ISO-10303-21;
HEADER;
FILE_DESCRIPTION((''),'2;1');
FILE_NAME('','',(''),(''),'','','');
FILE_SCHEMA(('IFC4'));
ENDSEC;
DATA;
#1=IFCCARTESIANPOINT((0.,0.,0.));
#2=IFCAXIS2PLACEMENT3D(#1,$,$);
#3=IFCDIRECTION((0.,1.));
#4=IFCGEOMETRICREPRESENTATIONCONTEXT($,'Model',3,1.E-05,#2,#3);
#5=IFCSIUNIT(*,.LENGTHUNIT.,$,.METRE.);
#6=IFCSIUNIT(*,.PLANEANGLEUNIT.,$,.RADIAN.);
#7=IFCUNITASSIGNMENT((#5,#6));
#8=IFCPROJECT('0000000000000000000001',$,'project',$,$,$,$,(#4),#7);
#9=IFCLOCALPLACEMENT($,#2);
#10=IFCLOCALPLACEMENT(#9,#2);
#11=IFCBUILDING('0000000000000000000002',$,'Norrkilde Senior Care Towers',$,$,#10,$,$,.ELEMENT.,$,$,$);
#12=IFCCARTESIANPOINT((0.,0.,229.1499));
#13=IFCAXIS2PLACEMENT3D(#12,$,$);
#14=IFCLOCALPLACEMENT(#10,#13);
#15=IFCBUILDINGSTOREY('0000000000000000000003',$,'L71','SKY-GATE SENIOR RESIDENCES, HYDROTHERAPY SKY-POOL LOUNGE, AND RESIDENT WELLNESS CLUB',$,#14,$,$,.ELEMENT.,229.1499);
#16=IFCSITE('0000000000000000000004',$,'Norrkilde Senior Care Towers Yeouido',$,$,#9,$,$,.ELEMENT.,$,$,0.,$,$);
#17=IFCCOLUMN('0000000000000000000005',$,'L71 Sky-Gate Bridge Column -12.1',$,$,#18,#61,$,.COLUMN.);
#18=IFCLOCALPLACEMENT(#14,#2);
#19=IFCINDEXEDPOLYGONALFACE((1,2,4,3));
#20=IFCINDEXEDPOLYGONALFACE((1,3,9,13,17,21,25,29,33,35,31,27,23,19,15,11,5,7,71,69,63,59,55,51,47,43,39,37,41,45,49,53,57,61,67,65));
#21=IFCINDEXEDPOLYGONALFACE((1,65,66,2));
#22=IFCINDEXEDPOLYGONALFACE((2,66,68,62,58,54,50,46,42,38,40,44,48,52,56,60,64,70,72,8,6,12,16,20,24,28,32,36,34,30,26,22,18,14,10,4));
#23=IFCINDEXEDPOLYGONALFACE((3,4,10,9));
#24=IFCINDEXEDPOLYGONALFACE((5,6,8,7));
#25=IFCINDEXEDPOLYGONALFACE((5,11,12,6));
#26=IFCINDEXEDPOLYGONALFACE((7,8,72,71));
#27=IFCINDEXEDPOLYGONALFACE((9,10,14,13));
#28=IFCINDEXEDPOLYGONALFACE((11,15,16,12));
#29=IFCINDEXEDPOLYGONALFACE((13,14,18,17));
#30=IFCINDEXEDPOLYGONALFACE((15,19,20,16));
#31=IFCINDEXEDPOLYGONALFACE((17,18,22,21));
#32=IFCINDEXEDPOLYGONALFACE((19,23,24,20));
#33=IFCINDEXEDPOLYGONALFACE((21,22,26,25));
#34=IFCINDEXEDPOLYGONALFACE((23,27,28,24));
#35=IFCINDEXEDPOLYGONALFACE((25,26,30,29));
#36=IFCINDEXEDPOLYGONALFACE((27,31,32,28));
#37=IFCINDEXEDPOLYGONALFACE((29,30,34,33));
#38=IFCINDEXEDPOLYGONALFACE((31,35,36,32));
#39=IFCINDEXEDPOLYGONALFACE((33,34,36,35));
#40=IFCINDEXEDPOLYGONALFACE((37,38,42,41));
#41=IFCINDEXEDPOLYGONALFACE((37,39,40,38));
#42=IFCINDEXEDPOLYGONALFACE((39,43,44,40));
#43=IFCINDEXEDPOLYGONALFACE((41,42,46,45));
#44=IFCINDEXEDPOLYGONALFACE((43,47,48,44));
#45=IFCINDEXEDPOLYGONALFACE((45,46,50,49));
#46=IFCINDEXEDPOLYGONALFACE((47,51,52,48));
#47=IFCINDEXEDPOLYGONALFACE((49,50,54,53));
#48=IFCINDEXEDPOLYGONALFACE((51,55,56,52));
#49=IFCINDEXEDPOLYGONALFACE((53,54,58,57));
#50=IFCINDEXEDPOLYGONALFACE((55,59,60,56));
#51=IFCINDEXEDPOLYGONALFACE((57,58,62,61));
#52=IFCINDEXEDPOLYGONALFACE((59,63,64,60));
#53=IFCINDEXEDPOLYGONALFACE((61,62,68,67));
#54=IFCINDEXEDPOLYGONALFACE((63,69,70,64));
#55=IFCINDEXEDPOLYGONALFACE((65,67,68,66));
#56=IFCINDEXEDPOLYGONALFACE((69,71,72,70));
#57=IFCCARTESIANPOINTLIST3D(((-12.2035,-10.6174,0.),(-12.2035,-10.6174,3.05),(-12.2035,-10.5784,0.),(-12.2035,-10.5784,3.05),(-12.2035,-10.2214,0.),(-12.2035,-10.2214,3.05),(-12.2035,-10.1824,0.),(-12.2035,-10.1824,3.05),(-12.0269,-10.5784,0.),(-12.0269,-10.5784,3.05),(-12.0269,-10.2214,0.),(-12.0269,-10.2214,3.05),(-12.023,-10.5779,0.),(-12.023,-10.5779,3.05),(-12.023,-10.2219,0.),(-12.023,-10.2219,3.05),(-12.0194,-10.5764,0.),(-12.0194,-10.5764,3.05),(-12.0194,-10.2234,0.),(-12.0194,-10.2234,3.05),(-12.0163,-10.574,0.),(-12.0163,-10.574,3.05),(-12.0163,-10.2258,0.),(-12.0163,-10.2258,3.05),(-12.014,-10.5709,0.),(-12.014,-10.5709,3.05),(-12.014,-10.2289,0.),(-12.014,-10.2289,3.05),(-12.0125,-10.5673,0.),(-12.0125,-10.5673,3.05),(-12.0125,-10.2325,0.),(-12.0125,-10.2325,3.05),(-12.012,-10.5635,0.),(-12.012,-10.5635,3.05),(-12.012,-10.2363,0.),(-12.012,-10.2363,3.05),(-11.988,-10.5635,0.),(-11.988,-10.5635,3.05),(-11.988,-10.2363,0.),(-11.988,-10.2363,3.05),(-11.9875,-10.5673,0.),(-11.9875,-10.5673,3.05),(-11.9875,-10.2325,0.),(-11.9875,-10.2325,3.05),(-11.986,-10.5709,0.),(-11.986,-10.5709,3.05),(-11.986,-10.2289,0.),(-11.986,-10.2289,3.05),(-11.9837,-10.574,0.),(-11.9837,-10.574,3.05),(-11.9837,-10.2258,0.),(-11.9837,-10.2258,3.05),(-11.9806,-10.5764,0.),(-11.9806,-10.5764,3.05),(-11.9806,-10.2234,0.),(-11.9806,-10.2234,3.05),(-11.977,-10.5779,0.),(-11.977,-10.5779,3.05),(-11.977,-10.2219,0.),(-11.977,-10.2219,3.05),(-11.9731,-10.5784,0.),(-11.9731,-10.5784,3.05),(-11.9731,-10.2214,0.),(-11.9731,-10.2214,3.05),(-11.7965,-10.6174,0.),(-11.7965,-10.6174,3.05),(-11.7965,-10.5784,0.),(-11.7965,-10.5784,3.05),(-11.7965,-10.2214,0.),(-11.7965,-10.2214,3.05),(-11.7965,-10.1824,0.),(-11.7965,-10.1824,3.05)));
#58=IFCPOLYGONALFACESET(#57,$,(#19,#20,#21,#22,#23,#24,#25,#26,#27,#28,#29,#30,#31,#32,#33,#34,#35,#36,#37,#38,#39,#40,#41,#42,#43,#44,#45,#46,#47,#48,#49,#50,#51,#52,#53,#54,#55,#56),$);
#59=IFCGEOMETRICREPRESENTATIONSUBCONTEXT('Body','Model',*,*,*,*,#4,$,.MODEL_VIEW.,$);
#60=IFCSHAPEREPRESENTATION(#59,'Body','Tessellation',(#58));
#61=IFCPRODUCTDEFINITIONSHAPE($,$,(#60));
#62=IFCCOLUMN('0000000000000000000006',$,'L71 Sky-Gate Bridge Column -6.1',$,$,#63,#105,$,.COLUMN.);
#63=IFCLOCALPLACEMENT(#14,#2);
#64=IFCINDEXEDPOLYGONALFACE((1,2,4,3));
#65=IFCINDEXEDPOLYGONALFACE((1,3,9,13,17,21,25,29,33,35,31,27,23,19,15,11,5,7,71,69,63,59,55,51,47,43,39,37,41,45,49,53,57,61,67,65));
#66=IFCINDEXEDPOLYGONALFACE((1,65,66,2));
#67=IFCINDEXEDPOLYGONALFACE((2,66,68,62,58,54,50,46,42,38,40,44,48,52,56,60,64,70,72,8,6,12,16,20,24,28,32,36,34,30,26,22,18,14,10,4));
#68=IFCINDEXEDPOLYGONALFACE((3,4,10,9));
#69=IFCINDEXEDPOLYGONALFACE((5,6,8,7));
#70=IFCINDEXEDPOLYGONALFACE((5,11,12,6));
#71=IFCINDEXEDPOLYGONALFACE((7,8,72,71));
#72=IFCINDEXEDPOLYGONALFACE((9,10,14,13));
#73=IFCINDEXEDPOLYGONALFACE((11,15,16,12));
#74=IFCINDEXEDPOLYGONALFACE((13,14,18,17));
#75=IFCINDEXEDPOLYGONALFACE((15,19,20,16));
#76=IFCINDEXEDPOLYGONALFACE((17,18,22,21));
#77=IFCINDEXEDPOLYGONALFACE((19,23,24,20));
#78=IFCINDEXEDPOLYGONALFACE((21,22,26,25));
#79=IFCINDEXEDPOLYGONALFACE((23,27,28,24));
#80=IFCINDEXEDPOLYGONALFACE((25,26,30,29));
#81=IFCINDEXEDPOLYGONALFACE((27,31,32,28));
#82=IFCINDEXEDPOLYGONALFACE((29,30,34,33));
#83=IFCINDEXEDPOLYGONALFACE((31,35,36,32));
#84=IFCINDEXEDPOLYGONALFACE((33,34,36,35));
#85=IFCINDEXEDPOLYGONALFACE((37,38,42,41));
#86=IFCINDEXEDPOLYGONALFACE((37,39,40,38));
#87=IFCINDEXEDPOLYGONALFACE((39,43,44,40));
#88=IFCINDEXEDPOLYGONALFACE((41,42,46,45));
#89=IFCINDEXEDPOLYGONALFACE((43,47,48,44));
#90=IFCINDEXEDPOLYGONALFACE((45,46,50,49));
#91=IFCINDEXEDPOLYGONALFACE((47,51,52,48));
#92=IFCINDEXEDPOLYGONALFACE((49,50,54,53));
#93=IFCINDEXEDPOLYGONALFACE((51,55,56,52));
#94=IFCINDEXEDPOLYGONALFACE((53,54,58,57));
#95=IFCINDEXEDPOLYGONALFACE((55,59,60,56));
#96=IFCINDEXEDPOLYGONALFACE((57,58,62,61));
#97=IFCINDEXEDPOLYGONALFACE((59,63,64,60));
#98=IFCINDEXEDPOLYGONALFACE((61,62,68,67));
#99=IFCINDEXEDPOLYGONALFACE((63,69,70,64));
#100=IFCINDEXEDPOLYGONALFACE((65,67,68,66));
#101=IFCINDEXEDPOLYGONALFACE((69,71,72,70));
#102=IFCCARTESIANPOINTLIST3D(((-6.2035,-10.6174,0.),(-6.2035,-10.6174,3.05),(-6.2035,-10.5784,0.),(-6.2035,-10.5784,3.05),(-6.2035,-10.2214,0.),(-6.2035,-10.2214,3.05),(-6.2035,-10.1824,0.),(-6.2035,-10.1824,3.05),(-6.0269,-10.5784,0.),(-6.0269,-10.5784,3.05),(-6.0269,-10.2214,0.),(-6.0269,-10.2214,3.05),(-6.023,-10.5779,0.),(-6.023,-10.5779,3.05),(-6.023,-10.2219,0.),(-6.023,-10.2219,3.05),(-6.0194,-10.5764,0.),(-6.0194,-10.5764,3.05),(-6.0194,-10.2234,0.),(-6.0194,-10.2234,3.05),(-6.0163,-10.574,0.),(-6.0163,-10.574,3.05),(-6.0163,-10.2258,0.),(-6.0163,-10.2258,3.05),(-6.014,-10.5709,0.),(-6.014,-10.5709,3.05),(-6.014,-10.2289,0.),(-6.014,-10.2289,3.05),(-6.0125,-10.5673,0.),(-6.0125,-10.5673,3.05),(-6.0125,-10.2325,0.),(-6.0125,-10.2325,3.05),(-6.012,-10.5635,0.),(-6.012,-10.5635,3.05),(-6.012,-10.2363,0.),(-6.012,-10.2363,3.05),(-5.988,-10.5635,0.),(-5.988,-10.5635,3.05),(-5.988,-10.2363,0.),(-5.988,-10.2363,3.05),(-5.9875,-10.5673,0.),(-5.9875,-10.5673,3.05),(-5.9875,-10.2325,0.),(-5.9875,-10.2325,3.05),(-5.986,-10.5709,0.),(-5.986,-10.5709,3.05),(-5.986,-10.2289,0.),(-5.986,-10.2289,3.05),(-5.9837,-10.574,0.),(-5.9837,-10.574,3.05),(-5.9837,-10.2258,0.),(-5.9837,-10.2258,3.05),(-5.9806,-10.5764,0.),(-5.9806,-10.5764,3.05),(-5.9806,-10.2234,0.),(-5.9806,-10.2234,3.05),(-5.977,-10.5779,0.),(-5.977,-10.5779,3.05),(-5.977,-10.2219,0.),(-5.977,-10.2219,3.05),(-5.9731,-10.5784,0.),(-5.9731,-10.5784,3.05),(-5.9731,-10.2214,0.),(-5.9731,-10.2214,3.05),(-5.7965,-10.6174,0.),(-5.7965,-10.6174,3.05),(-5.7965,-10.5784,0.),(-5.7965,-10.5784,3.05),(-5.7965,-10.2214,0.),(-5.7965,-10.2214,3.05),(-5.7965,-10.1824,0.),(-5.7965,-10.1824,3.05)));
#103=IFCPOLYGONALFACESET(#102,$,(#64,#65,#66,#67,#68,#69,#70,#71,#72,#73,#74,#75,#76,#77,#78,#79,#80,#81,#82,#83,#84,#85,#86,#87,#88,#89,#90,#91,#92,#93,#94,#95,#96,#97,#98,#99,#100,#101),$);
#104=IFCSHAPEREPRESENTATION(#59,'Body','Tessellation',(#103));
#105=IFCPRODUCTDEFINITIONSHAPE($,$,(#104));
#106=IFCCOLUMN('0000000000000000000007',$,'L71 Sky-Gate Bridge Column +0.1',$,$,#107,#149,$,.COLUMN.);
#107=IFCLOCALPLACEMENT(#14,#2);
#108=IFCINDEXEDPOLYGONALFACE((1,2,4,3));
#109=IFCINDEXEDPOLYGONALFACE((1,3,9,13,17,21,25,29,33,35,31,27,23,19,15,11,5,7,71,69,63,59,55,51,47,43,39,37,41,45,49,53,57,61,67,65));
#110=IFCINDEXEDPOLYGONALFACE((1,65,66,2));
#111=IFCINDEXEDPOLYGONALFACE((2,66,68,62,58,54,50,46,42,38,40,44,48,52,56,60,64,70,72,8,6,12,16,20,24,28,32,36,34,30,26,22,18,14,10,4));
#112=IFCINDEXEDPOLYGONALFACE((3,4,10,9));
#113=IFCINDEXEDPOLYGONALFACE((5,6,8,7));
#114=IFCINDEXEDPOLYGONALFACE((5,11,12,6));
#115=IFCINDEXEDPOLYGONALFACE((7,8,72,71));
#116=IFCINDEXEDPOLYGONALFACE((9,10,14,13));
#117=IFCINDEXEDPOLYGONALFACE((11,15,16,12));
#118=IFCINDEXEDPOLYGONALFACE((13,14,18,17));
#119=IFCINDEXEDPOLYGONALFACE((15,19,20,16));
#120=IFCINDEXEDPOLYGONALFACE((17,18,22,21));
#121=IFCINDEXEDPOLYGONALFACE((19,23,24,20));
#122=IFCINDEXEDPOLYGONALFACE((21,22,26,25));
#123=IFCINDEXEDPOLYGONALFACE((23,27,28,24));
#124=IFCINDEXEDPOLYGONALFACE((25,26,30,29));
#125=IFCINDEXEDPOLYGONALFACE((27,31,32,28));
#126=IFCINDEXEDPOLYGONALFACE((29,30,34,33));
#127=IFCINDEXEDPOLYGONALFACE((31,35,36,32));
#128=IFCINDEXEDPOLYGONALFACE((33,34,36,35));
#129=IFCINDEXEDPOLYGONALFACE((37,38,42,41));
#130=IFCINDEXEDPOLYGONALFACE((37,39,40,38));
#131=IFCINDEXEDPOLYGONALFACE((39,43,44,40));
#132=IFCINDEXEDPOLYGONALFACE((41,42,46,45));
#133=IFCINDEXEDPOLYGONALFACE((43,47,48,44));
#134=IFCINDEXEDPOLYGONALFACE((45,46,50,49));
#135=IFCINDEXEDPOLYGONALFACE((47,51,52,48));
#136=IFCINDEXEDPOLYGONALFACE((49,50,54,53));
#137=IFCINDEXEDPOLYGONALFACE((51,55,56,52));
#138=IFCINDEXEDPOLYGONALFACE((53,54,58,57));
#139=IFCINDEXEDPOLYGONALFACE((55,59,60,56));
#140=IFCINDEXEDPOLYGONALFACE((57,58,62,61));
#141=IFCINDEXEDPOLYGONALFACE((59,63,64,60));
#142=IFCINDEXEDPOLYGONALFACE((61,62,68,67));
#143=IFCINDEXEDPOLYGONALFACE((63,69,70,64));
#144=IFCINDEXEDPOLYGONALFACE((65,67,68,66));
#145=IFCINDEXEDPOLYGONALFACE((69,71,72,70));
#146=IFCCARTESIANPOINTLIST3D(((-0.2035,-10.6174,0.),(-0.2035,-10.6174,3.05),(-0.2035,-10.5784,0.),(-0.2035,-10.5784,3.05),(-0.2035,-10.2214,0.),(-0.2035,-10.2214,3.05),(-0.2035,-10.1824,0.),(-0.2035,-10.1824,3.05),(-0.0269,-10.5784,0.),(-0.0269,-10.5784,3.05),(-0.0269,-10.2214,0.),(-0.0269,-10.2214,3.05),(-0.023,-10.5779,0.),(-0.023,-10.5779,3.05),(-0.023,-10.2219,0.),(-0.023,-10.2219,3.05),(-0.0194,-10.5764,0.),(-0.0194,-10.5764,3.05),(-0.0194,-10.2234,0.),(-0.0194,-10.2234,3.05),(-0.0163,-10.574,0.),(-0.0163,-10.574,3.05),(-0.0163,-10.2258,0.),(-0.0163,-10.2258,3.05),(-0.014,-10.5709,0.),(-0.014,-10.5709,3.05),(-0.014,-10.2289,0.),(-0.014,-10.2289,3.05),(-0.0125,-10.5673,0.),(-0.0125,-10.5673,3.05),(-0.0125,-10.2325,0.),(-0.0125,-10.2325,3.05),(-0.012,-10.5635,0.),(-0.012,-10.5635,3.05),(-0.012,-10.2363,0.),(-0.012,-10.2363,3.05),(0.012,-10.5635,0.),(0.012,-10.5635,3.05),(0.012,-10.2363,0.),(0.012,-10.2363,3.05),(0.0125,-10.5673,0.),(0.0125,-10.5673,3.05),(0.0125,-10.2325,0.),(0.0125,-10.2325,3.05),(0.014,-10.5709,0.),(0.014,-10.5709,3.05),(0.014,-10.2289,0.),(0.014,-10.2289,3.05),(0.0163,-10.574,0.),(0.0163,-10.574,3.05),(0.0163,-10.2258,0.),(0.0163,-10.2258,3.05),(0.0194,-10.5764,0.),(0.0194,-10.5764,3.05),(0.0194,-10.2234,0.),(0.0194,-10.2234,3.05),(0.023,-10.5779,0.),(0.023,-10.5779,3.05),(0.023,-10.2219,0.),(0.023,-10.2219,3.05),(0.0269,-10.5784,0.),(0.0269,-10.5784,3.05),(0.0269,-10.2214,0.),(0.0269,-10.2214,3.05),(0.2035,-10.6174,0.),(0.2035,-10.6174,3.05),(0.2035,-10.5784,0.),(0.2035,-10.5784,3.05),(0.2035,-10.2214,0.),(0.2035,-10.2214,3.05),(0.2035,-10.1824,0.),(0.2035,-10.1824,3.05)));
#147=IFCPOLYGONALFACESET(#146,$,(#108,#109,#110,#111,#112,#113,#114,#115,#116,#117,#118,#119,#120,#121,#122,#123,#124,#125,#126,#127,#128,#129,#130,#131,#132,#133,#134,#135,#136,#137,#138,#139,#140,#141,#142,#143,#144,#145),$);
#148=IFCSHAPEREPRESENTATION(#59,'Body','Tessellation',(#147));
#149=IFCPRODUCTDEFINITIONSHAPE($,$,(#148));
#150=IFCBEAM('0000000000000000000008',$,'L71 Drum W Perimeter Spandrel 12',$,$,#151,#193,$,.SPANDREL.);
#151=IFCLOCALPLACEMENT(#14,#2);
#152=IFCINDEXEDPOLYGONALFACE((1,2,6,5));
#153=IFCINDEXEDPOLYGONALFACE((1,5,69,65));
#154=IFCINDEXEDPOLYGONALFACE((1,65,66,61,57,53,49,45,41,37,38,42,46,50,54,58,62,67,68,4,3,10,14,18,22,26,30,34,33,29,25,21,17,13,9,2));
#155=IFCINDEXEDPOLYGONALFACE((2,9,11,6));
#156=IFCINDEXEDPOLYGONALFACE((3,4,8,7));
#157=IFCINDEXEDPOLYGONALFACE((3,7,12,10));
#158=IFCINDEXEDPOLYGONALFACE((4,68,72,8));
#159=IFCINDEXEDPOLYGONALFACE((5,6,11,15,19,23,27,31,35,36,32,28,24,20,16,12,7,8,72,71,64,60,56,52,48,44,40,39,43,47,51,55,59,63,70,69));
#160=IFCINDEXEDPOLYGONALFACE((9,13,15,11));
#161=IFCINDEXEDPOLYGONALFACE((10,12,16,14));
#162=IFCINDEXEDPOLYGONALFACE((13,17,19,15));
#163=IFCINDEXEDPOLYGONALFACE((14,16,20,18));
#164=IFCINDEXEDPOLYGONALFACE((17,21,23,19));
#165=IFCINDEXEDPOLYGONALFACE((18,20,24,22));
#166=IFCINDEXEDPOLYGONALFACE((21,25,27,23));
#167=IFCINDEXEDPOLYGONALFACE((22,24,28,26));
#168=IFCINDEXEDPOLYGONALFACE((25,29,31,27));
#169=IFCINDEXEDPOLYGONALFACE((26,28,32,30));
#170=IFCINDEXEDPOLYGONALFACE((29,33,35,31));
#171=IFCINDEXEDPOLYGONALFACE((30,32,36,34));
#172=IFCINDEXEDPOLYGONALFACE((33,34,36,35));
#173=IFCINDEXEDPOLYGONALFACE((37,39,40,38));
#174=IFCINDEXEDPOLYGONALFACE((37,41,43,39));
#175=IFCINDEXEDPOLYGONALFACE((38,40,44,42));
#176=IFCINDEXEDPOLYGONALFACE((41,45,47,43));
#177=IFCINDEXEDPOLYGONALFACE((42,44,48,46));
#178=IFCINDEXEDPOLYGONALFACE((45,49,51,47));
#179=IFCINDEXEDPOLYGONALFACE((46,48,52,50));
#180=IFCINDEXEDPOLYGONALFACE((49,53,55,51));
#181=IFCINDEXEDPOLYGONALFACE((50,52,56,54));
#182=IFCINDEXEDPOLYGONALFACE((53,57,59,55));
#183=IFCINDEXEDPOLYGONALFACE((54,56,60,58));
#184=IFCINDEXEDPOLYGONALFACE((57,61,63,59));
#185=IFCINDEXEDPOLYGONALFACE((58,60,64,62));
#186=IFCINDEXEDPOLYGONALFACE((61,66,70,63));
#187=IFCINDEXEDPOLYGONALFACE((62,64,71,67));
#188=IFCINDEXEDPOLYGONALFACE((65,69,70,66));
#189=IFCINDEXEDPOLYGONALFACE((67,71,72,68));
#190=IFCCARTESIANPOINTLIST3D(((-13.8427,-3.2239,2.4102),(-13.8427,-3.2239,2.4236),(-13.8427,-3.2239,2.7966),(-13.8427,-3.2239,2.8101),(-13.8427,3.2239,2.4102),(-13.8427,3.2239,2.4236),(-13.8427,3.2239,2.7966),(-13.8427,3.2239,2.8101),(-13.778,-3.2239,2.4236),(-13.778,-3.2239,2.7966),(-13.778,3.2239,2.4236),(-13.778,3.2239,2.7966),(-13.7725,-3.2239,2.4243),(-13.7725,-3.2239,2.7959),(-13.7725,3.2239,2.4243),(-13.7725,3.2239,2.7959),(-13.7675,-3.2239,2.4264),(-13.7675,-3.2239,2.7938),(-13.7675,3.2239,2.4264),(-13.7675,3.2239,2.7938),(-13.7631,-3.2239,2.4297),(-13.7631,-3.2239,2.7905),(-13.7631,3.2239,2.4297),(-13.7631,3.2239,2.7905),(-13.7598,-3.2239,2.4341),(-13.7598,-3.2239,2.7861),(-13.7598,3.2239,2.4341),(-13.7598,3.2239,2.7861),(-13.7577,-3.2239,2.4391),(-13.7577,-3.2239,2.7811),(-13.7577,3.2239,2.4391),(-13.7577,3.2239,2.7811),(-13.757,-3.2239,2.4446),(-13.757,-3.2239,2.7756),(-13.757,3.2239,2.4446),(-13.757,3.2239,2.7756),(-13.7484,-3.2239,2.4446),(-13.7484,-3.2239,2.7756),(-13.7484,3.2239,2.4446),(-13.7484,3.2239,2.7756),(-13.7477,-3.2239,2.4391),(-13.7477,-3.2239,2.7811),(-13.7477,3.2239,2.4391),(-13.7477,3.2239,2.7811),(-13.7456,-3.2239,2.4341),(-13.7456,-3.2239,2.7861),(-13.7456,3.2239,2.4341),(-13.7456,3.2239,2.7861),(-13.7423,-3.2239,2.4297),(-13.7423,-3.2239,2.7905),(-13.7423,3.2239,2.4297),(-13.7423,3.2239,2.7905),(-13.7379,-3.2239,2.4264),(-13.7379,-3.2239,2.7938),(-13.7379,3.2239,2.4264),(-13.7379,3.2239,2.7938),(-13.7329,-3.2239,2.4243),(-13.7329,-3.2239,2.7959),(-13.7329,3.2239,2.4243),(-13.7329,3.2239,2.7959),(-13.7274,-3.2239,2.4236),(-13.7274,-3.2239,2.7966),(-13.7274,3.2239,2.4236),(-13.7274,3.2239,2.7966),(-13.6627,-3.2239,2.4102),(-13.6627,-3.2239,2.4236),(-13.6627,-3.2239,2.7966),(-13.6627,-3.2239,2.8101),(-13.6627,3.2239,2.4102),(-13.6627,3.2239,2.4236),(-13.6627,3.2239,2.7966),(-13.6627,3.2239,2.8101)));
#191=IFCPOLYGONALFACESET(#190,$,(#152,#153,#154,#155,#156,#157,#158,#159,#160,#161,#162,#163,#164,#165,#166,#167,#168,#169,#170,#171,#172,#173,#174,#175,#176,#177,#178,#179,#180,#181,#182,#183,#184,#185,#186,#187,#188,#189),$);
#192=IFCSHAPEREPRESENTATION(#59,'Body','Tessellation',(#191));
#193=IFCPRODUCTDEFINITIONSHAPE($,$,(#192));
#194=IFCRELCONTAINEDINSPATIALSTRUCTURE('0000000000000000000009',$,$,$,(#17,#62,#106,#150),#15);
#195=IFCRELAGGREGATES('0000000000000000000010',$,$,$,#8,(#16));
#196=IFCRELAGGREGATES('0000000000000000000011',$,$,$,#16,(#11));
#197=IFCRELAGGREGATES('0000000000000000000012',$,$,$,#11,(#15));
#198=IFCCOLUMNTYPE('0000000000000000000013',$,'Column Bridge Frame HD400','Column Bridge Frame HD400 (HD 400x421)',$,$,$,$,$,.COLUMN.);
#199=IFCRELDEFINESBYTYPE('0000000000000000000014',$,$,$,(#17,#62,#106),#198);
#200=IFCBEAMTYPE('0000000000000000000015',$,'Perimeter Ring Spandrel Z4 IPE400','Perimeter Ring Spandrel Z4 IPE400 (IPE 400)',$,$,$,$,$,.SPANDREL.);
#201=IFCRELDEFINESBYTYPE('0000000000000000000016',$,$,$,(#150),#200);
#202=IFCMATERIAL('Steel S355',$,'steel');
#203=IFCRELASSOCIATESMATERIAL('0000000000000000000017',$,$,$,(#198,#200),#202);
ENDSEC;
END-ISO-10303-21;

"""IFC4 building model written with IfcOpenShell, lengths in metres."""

from ifc_helpers import new_model, si_unit, direction, frame, origin, origin_2d, place, context, subcontext, project, spatial, i_section, extrude, source, transform, mapped, material, material_profile, profile_set, type_object, type_shapes, element, save


model = new_model("IFC4")

# Units and contexts
model_context = context("Model", 3, precision=1e-05, world=origin(), true_north=direction((0.0, 1.0)))
body_context = subcontext(model_context, "Body", "Model", "MODEL_VIEW")
ifc_project = project(units=[si_unit("LENGTHUNIT", "METRE"), si_unit("PLANEANGLEUNIT", "RADIAN")], contexts=[model_context])

# Site, building, storey
site_placement = place(None, origin())
site = spatial("IfcSite", under=ifc_project, at=site_placement, Name="Norrkilde Senior Care Towers Yeouido", CompositionType="ELEMENT", RefElevation=0.0)
building_placement = place(site_placement, origin())
building = spatial("IfcBuilding", under=site, at=building_placement, Name="Norrkilde Senior Care Towers", CompositionType="ELEMENT")
storey_placement = place(building_placement, frame((0.0, 0.0, 229.1499)))
storey = spatial("IfcBuildingStorey", under=building, at=storey_placement, Name="L71", Description="SKY-GATE SENIOR RESIDENCES, HYDROTHERAPY SKY-POOL LOUNGE, AND RESIDENT WELLNESS CLUB", CompositionType="ELEMENT", Elevation=229.1499)

# Columns
ifc_material_1 = material(Name="Steel S355", Category="steel")
ifc_material_profile_1 = material_profile(ifc_material_1, i_section(OverallWidth=0.407, OverallDepth=0.4351, WebThickness=0.0239, FlangeThickness=0.0391, FilletRadius=0.0149, at=origin_2d()), Name="HD 400x421")
ifc_profile_set_1 = profile_set([ifc_material_profile_1], Name="Steel S355")
column_type = type_object("IfcColumnType", Name="Column Bridge Frame HD400", Description="Column Bridge Frame HD400 (HD 400x421)", PredefinedType="COLUMN", material=ifc_profile_set_1)
shared_shape_1 = source(origin(), body_context, "Body", "SweptSolid", [
    extrude(i_section(OverallWidth=0.407, OverallDepth=0.4351, WebThickness=0.0239, FlangeThickness=0.0391, FilletRadius=0.0149, at=origin_2d()), origin(), (0.0, 0.0, 1.0), 3.05),
])
type_shapes(column_type, [shared_shape_1])
for number, where, z_axis, x_axis, name in (
    (1, (-12.0, -10.3999, 0.0), (0.0, 0.0, 1.0), (1.0, 0.0, 0.0), "L71 Sky-Gate Bridge Column -12.1"),
    (2, (-6.0, -10.3999, 0.0), (0.0, 0.0, 1.0), (1.0, 0.0, 0.0), "L71 Sky-Gate Bridge Column -6.1"),
    (3, (0.0, -10.3999, 0.0), (0.0, 0.0, 1.0), (1.0, 0.0, 0.0), "L71 Sky-Gate Bridge Column +0.1"),
):
    element("IfcColumn", number, at=place(storey_placement, frame(where, z_axis=z_axis, x_axis=x_axis)), inside=storey, type_object=column_type, Name=name, PredefinedType="COLUMN", context=body_context, shape_type="MappedRepresentation", body=[
        mapped(shared_shape_1, transform((0.0, 0.0, 0.0), x_axis=(1.0, 0.0, 0.0), y_axis=(0.0, 1.0, 0.0), z_axis=(0.0, 0.0, 1.0), scale=1.0)),
    ])

# Beam
ifc_material_profile_2 = material_profile(ifc_material_1, i_section(OverallWidth=0.1799, OverallDepth=0.3999, WebThickness=0.0085, FlangeThickness=0.0134, FilletRadius=0.021, at=origin_2d()), Name="IPE 400")
ifc_profile_set_2 = profile_set([ifc_material_profile_2], Name="Steel S355")
beam_type_1 = type_object("IfcBeamType", Name="Perimeter Ring Spandrel Z4 IPE400", Description="Perimeter Ring Spandrel Z4 IPE400 (IPE 400)", PredefinedType="SPANDREL", material=ifc_profile_set_2)
shared_shape_2 = source(origin(), body_context, "Body", "SweptSolid", [
    extrude(i_section(OverallWidth=0.1799, OverallDepth=0.3999, WebThickness=0.0085, FlangeThickness=0.0134, FilletRadius=0.021, at=origin_2d()), origin(), (0.0, 0.0, 1.0), 6.4478),
])
type_shapes(beam_type_1, [shared_shape_2])
beam_1_placement = place(storey_placement, frame((-13.7527, -3.2239, 2.6101), z_axis=(0.0, 1.0, 0.0), x_axis=(-1.0, 0.0, 0.0)))
element("IfcBeam", 4, at=beam_1_placement, inside=storey, type_object=beam_type_1, Name="L71 Drum W Perimeter Spandrel 12", PredefinedType="SPANDREL", context=body_context, shape_type="MappedRepresentation", body=[
    mapped(shared_shape_2, transform((0.0, 0.0, 0.0), x_axis=(1.0, 0.0, 0.0), y_axis=(0.0, 1.0, 0.0), z_axis=(0.0, 0.0, 1.0), scale=1.0)),
])

save(model, "model.ifc")
